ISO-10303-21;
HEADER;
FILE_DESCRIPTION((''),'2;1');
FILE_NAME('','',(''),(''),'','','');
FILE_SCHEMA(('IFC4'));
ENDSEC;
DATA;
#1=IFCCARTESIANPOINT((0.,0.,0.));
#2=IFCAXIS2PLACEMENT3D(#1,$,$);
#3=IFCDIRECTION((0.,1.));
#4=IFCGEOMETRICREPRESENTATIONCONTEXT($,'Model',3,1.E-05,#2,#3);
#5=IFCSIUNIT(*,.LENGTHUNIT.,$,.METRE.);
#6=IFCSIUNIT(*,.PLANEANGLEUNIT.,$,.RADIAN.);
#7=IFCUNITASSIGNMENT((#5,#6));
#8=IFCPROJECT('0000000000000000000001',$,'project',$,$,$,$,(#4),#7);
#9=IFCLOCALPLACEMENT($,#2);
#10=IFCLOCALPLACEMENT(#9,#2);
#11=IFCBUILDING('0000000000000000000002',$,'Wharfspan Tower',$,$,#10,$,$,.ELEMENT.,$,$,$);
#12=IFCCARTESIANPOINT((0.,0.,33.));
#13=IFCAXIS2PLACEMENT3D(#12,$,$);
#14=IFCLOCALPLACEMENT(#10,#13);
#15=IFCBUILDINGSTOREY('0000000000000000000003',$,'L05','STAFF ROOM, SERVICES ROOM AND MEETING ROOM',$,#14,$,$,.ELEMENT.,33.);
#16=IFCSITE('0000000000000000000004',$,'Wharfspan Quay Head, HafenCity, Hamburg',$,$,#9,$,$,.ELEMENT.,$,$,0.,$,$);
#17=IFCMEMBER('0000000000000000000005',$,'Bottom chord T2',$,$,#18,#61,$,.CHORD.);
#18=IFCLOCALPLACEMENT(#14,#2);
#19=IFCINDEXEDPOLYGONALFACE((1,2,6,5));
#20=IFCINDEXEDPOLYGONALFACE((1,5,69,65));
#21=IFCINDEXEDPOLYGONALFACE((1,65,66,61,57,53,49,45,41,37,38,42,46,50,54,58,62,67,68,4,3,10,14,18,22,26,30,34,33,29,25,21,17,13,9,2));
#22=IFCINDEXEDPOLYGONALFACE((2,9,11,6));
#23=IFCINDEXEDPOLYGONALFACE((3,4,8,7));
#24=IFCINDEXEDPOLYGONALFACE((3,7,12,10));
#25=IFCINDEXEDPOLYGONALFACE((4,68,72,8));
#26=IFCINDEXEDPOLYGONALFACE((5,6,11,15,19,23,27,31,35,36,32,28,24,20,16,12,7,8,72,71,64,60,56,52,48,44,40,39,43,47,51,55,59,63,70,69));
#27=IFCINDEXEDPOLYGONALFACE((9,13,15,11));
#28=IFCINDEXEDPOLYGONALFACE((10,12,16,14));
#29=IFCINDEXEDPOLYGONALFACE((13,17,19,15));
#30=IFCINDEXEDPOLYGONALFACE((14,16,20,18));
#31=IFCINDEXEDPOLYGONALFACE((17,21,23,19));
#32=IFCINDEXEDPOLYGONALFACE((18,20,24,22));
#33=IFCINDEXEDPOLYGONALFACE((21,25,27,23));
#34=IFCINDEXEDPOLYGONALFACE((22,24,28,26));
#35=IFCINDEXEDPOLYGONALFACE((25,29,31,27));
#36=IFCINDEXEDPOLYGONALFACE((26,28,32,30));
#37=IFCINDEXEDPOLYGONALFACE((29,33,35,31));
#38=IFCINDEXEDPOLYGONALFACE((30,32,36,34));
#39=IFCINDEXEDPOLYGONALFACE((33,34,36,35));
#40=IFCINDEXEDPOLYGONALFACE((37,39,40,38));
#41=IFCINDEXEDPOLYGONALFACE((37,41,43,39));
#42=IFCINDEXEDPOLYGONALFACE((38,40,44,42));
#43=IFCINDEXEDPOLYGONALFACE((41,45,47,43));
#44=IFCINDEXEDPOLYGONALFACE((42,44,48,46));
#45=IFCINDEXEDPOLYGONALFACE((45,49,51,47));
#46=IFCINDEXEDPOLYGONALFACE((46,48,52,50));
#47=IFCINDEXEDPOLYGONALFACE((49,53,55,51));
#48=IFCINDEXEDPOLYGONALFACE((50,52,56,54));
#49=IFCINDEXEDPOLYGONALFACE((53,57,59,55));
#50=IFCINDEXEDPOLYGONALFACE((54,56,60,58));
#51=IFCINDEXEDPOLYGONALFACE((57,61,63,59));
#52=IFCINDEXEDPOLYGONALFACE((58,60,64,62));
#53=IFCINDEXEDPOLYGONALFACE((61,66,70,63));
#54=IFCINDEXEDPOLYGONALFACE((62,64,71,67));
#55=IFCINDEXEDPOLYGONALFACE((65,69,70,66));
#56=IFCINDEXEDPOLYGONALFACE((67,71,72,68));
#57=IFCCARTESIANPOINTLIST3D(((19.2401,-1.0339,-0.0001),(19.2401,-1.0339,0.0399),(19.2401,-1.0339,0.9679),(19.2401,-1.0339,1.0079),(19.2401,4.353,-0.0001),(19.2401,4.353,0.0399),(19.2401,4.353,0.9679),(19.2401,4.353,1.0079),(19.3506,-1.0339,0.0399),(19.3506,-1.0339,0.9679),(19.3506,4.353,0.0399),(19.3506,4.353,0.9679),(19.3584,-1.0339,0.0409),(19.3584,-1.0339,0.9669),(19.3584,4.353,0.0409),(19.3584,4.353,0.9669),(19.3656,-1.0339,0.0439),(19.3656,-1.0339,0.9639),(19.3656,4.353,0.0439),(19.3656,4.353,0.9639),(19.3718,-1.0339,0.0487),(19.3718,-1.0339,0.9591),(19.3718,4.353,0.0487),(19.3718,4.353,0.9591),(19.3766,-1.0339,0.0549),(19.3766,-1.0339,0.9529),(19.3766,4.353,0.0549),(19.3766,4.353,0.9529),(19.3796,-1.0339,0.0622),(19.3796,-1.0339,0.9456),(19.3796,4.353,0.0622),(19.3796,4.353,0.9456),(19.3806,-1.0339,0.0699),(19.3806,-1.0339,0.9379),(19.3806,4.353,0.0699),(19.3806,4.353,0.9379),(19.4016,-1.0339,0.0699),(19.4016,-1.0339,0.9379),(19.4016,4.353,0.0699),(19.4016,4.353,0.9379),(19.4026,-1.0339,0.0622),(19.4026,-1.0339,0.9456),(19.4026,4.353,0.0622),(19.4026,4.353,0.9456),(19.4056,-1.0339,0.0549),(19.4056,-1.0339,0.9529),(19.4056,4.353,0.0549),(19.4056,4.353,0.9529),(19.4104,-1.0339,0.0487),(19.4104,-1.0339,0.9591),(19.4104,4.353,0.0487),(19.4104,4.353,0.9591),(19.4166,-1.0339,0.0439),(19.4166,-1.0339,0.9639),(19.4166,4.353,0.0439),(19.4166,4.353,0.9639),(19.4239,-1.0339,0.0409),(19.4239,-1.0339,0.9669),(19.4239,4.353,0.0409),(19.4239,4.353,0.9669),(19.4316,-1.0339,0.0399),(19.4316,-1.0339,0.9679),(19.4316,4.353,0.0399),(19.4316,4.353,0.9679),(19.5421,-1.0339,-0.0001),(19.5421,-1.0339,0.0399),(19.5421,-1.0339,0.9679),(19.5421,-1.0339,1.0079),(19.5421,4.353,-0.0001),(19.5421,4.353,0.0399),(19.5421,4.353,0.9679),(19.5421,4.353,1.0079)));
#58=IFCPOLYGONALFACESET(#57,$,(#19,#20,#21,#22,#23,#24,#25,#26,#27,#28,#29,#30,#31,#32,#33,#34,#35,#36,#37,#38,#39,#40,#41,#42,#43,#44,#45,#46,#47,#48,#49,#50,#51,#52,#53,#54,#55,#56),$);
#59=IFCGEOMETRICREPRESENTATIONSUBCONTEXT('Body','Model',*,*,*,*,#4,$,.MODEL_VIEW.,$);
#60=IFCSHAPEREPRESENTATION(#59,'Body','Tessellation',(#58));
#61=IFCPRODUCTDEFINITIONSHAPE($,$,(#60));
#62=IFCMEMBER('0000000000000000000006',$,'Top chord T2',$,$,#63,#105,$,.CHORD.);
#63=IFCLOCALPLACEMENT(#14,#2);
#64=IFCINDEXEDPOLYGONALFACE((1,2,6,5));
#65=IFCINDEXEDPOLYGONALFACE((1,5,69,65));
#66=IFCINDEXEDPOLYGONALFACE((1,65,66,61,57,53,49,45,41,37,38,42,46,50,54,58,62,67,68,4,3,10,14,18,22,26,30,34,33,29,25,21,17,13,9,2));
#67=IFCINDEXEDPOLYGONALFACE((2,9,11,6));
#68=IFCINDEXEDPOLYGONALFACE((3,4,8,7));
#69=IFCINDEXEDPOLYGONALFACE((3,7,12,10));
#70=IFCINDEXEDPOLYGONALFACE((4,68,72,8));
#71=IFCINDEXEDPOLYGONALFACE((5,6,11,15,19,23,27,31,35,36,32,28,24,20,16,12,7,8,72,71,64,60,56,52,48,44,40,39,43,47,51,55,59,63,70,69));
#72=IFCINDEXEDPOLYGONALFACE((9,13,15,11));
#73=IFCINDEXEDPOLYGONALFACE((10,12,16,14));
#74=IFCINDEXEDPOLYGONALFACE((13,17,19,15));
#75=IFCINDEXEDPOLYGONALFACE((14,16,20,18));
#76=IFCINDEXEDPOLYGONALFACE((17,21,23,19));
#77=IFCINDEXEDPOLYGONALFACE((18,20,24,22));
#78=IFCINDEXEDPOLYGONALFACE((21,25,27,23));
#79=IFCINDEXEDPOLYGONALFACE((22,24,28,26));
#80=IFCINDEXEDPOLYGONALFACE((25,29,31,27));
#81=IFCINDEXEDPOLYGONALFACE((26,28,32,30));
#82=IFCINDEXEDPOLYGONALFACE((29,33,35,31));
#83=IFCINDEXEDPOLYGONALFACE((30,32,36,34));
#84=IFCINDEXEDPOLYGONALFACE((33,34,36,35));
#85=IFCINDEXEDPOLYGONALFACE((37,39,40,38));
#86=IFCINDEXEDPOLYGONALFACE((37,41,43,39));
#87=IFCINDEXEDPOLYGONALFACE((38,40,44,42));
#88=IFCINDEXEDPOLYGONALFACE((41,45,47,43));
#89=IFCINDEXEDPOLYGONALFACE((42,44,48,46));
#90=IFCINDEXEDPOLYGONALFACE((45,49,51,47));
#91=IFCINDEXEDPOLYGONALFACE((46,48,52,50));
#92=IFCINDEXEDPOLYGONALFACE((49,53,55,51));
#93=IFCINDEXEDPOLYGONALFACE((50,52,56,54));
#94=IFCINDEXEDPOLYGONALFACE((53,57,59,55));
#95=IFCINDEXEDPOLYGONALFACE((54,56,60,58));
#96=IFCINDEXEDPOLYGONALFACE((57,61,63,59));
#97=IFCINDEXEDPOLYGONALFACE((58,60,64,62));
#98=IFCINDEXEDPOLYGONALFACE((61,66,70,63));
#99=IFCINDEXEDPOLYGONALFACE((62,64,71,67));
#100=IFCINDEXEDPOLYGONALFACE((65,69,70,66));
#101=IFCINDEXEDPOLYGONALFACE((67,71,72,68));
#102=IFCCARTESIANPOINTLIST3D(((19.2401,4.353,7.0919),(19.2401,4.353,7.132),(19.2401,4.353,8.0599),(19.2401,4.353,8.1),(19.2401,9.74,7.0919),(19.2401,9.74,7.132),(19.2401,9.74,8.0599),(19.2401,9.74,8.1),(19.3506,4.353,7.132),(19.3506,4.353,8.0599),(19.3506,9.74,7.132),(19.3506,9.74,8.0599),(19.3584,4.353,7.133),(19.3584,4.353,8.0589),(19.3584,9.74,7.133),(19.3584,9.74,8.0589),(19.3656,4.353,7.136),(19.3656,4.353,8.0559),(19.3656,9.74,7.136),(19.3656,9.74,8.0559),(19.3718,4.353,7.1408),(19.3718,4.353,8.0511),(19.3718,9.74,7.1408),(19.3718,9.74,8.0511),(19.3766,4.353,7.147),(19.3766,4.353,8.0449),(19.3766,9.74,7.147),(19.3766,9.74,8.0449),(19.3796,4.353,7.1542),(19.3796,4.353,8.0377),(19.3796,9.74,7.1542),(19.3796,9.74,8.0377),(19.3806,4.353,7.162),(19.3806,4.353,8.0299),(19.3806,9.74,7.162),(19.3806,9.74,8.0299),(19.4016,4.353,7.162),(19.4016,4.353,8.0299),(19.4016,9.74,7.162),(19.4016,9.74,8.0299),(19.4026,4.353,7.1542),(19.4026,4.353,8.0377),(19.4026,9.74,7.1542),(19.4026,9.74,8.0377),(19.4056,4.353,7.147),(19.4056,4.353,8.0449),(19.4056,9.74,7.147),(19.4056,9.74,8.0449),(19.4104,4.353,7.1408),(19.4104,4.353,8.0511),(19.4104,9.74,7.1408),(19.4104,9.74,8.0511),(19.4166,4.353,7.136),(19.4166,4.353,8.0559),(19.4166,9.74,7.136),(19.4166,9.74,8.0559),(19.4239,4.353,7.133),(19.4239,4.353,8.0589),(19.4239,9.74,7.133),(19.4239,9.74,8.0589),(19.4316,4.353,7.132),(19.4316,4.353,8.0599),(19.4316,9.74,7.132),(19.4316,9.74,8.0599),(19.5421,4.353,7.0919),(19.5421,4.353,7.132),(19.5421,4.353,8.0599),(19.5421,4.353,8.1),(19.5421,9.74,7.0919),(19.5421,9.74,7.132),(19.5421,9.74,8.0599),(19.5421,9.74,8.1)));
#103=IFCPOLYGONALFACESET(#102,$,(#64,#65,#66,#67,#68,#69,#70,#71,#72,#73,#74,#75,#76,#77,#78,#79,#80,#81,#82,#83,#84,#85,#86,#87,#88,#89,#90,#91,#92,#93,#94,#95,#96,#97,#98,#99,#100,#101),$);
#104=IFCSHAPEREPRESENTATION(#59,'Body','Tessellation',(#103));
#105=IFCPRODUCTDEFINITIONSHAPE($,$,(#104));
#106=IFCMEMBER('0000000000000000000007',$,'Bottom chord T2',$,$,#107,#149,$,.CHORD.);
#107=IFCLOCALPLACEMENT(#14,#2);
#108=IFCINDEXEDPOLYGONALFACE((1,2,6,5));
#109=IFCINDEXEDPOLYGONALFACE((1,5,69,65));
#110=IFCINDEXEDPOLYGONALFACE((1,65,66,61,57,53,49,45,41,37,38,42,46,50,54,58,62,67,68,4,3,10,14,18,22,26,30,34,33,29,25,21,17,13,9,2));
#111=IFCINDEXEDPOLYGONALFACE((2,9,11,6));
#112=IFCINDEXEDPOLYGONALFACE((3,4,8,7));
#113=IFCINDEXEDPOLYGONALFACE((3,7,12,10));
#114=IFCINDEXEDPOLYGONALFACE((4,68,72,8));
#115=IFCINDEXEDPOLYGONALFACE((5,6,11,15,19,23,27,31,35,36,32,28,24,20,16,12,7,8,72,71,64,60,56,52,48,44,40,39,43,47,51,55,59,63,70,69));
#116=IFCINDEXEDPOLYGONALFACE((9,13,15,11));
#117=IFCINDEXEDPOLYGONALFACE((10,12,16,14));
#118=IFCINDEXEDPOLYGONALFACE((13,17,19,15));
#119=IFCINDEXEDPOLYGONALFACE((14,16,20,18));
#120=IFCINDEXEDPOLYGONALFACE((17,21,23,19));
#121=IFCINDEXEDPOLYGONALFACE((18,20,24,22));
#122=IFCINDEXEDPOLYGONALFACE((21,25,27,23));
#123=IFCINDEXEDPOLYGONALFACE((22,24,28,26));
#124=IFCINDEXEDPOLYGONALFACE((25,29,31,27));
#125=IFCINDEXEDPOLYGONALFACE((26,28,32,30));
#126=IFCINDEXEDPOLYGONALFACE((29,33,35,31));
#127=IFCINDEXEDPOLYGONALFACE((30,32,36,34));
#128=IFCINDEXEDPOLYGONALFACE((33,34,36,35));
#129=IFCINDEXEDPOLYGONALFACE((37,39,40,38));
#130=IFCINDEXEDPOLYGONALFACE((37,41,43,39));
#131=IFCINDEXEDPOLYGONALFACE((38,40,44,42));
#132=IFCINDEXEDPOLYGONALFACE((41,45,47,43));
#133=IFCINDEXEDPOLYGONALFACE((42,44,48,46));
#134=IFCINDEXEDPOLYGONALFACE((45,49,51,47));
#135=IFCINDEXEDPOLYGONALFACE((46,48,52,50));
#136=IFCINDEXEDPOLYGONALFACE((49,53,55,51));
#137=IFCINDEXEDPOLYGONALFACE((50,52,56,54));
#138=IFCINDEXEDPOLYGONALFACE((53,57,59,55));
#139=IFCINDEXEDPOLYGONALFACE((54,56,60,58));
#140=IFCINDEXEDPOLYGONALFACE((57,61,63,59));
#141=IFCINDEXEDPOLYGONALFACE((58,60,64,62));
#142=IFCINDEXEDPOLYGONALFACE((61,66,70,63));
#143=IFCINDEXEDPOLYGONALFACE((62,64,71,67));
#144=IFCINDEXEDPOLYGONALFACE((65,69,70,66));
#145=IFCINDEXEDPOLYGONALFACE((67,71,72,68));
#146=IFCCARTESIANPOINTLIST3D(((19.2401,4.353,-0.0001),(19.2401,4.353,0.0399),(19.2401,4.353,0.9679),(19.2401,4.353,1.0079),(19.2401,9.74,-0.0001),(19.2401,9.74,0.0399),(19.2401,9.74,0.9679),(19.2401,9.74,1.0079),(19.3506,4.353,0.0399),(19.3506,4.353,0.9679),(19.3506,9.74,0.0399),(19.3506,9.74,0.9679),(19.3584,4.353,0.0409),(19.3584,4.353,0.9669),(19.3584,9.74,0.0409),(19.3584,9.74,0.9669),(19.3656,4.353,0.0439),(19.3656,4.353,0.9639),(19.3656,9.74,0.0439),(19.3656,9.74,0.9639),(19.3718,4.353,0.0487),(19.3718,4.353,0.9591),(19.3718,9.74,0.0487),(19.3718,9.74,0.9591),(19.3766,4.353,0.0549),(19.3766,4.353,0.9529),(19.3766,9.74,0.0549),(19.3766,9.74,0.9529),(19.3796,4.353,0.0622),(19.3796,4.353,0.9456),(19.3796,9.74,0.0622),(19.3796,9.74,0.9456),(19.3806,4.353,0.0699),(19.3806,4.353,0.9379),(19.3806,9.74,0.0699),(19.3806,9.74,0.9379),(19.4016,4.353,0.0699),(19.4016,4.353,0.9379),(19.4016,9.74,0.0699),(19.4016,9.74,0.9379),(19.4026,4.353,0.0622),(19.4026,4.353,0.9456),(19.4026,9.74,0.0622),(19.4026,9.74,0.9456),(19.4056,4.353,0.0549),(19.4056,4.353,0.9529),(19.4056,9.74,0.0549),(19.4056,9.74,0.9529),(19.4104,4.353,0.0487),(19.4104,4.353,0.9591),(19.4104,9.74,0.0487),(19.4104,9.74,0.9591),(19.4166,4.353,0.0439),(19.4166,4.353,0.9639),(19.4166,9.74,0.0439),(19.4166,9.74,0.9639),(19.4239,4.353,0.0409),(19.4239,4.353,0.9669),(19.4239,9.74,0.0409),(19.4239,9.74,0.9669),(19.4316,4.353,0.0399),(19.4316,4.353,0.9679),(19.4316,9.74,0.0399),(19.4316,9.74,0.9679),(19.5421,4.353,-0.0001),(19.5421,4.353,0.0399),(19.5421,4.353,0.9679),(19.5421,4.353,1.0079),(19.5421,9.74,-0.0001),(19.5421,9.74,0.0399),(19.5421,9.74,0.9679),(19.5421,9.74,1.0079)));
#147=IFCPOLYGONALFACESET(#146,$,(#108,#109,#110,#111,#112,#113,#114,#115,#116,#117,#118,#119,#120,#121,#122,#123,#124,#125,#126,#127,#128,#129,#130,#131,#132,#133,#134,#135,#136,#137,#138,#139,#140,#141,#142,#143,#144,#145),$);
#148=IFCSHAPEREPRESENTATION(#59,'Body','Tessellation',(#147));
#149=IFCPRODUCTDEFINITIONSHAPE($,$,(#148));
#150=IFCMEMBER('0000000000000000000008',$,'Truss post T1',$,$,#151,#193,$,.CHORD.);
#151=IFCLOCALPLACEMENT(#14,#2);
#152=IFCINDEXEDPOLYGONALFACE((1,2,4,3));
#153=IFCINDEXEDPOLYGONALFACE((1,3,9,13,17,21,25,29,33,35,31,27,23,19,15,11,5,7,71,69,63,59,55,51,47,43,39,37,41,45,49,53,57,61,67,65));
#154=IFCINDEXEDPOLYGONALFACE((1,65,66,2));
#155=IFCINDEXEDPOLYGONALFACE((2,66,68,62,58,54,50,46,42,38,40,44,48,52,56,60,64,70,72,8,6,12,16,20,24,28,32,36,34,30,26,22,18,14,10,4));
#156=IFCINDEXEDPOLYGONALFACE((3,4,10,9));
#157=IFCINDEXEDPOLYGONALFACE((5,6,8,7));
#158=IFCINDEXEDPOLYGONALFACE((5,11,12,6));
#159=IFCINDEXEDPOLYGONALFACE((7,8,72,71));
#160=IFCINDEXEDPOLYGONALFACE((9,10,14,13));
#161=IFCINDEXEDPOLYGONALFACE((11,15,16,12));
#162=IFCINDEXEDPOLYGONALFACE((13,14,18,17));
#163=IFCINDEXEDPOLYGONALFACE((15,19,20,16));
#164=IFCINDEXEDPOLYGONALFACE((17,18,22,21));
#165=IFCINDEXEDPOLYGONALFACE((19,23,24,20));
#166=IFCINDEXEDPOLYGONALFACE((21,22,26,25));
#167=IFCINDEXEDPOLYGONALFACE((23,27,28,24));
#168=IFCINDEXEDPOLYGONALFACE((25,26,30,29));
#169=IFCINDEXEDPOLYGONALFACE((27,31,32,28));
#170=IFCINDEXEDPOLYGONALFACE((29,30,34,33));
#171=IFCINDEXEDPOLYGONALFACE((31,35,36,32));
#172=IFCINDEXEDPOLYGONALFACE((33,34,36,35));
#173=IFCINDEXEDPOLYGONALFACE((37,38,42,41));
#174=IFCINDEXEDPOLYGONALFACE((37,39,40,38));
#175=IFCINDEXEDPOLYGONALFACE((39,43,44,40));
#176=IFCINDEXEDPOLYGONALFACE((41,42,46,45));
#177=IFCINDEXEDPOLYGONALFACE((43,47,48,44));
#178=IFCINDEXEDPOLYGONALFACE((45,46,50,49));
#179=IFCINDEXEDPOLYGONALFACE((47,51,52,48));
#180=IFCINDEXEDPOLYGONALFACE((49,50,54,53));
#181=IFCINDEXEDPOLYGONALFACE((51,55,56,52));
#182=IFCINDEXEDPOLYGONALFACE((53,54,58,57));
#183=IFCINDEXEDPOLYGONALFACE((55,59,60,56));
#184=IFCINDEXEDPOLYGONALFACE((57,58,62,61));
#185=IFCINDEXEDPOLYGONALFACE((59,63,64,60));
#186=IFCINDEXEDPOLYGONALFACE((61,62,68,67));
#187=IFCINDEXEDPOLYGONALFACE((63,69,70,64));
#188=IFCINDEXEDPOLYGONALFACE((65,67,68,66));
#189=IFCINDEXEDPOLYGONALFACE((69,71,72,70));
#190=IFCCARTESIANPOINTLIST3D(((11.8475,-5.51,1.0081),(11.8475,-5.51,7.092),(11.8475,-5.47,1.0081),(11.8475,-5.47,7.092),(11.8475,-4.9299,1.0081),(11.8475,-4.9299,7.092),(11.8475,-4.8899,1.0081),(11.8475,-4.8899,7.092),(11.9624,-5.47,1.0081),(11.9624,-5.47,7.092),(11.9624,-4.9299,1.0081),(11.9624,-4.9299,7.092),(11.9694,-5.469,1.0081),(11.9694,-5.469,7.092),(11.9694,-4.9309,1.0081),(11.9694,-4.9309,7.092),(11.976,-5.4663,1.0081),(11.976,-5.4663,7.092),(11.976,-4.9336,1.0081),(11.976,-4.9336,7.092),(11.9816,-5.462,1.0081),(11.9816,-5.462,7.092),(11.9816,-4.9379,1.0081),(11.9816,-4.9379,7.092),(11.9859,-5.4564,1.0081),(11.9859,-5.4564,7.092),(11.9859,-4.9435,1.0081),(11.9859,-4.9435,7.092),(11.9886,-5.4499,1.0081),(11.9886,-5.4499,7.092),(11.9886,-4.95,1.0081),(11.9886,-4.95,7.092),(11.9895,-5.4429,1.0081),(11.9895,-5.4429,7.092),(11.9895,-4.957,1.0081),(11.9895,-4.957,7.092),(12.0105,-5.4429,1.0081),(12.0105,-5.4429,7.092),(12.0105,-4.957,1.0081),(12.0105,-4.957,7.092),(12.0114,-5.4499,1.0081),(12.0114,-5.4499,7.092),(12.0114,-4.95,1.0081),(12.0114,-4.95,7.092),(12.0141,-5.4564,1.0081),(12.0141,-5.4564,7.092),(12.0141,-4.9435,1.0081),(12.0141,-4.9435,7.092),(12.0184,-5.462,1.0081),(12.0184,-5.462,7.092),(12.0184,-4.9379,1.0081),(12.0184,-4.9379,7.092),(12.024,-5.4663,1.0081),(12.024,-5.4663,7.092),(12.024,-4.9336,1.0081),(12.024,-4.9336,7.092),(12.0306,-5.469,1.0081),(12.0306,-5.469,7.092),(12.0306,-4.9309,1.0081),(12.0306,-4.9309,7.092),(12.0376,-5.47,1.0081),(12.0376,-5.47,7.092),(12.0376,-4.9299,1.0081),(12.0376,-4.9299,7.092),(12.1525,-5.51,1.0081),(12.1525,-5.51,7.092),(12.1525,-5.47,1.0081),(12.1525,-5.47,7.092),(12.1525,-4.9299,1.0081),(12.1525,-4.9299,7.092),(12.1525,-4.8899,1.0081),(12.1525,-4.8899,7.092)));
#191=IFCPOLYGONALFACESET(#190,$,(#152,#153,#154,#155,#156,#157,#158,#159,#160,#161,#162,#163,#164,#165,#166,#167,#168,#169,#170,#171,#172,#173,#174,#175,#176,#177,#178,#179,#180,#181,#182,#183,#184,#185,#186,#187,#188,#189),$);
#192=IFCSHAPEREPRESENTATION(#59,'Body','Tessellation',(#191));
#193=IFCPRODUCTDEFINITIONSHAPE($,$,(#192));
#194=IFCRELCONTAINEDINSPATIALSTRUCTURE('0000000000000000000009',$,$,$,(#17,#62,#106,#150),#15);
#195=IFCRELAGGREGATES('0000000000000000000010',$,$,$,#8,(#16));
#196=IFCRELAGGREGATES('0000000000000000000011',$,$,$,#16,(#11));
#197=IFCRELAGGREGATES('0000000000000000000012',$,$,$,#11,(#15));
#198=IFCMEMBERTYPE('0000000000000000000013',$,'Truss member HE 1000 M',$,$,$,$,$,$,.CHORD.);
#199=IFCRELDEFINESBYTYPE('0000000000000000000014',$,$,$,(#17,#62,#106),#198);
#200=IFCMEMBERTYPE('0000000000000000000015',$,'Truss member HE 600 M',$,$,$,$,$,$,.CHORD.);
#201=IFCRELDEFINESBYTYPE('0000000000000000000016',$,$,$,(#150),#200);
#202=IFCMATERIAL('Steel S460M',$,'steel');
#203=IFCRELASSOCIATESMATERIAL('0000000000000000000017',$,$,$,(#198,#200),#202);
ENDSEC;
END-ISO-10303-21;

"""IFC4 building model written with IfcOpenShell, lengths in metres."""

from ifc_helpers import new_model, si_unit, direction, frame, origin, origin_2d, place, context, subcontext, project, spatial, i_section, extrude, material, material_profile, profile_set, type_object, element, save


model = new_model("IFC4")

# Units and contexts
model_context = context("Model", 3, precision=1e-05, world=origin(), true_north=direction((0.0, 1.0)))
body_context = subcontext(model_context, "Body", "Model", "MODEL_VIEW")
ifc_project = project(units=[si_unit("LENGTHUNIT", "METRE"), si_unit("PLANEANGLEUNIT", "RADIAN")], contexts=[model_context])

# Site, building, storey
site_placement = place(None, origin())
site = spatial("IfcSite", under=ifc_project, at=site_placement, Name="Wharfspan Quay Head, HafenCity, Hamburg", CompositionType="ELEMENT", RefElevation=0.0)
building_placement = place(site_placement, origin())
building = spatial("IfcBuilding", under=site, at=building_placement, Name="Wharfspan Tower", CompositionType="ELEMENT")
storey_placement = place(building_placement, frame((0.0, 0.0, 33.0)))
storey = spatial("IfcBuildingStorey", under=building, at=storey_placement, Name="L05", Description="STAFF ROOM, SERVICES ROOM AND MEETING ROOM", CompositionType="ELEMENT", Elevation=33.0)

# Members
ifc_material_1 = material(Name="Steel S460M", Category="steel")
ifc_material_profile_1 = material_profile(ifc_material_1, i_section(OverallWidth=0.302, OverallDepth=1.0081, WebThickness=0.021, FlangeThickness=0.04, FilletRadius=0.03, at=origin_2d()))
ifc_profile_set_1 = profile_set([ifc_material_profile_1], Name="Steel S460M")
member_type_1 = type_object("IfcMemberType", Name="Truss member HE 1000 M", PredefinedType="CHORD", material=ifc_profile_set_1)
for number, where, z_axis, x_axis, name in (
    (1, (19.3911, -1.0339, 0.5039), (0.0, 1.0, 0.0), (-1.0, 0.0, 0.0), "Bottom chord T2"),
    (2, (19.3911, 4.353, 7.5959), (0.0, 1.0, 0.0), (-1.0, 0.0, 0.0), "Top chord T2"),
    (3, (19.3911, 4.353, 0.5039), (0.0, 1.0, 0.0), (-1.0, 0.0, 0.0), "Bottom chord T2"),
):
    element("IfcMember", number, at=place(storey_placement, frame(where, z_axis=z_axis, x_axis=x_axis)), inside=storey, type_object=member_type_1, Name=name, PredefinedType="CHORD", context=body_context, shape_type="SweptSolid", body=[
        extrude(i_section(OverallWidth=0.302, OverallDepth=1.0081, WebThickness=0.021, FlangeThickness=0.04, FilletRadius=0.03, at=origin_2d()), origin(), (0.0, 0.0, 1.0), 5.387),
    ])
ifc_material_profile_2 = material_profile(ifc_material_1, i_section(OverallWidth=0.3049, OverallDepth=0.6201, WebThickness=0.021, FlangeThickness=0.04, FilletRadius=0.0271, at=origin_2d()))
ifc_profile_set_2 = profile_set([ifc_material_profile_2], Name="Steel S460M")
member_type_2 = type_object("IfcMemberType", Name="Truss member HE 600 M", PredefinedType="CHORD", material=ifc_profile_set_2)
for number, where, z_axis, x_axis, name in (
    (4, (12.0, -5.2, 1.0081), (0.0, 0.0, 1.0), (1.0, 0.0, 0.0), "Truss post T1"),
):
    element("IfcMember", number, at=place(storey_placement, frame(where, z_axis=z_axis, x_axis=x_axis)), inside=storey, type_object=member_type_2, Name=name, PredefinedType="CHORD", context=body_context, shape_type="SweptSolid", body=[
        extrude(i_section(OverallWidth=0.3049, OverallDepth=0.6201, WebThickness=0.021, FlangeThickness=0.04, FilletRadius=0.0271, at=origin_2d()), origin(), (0.0, 0.0, 1.0), 6.084),
    ])

save(model, "model.ifc")
